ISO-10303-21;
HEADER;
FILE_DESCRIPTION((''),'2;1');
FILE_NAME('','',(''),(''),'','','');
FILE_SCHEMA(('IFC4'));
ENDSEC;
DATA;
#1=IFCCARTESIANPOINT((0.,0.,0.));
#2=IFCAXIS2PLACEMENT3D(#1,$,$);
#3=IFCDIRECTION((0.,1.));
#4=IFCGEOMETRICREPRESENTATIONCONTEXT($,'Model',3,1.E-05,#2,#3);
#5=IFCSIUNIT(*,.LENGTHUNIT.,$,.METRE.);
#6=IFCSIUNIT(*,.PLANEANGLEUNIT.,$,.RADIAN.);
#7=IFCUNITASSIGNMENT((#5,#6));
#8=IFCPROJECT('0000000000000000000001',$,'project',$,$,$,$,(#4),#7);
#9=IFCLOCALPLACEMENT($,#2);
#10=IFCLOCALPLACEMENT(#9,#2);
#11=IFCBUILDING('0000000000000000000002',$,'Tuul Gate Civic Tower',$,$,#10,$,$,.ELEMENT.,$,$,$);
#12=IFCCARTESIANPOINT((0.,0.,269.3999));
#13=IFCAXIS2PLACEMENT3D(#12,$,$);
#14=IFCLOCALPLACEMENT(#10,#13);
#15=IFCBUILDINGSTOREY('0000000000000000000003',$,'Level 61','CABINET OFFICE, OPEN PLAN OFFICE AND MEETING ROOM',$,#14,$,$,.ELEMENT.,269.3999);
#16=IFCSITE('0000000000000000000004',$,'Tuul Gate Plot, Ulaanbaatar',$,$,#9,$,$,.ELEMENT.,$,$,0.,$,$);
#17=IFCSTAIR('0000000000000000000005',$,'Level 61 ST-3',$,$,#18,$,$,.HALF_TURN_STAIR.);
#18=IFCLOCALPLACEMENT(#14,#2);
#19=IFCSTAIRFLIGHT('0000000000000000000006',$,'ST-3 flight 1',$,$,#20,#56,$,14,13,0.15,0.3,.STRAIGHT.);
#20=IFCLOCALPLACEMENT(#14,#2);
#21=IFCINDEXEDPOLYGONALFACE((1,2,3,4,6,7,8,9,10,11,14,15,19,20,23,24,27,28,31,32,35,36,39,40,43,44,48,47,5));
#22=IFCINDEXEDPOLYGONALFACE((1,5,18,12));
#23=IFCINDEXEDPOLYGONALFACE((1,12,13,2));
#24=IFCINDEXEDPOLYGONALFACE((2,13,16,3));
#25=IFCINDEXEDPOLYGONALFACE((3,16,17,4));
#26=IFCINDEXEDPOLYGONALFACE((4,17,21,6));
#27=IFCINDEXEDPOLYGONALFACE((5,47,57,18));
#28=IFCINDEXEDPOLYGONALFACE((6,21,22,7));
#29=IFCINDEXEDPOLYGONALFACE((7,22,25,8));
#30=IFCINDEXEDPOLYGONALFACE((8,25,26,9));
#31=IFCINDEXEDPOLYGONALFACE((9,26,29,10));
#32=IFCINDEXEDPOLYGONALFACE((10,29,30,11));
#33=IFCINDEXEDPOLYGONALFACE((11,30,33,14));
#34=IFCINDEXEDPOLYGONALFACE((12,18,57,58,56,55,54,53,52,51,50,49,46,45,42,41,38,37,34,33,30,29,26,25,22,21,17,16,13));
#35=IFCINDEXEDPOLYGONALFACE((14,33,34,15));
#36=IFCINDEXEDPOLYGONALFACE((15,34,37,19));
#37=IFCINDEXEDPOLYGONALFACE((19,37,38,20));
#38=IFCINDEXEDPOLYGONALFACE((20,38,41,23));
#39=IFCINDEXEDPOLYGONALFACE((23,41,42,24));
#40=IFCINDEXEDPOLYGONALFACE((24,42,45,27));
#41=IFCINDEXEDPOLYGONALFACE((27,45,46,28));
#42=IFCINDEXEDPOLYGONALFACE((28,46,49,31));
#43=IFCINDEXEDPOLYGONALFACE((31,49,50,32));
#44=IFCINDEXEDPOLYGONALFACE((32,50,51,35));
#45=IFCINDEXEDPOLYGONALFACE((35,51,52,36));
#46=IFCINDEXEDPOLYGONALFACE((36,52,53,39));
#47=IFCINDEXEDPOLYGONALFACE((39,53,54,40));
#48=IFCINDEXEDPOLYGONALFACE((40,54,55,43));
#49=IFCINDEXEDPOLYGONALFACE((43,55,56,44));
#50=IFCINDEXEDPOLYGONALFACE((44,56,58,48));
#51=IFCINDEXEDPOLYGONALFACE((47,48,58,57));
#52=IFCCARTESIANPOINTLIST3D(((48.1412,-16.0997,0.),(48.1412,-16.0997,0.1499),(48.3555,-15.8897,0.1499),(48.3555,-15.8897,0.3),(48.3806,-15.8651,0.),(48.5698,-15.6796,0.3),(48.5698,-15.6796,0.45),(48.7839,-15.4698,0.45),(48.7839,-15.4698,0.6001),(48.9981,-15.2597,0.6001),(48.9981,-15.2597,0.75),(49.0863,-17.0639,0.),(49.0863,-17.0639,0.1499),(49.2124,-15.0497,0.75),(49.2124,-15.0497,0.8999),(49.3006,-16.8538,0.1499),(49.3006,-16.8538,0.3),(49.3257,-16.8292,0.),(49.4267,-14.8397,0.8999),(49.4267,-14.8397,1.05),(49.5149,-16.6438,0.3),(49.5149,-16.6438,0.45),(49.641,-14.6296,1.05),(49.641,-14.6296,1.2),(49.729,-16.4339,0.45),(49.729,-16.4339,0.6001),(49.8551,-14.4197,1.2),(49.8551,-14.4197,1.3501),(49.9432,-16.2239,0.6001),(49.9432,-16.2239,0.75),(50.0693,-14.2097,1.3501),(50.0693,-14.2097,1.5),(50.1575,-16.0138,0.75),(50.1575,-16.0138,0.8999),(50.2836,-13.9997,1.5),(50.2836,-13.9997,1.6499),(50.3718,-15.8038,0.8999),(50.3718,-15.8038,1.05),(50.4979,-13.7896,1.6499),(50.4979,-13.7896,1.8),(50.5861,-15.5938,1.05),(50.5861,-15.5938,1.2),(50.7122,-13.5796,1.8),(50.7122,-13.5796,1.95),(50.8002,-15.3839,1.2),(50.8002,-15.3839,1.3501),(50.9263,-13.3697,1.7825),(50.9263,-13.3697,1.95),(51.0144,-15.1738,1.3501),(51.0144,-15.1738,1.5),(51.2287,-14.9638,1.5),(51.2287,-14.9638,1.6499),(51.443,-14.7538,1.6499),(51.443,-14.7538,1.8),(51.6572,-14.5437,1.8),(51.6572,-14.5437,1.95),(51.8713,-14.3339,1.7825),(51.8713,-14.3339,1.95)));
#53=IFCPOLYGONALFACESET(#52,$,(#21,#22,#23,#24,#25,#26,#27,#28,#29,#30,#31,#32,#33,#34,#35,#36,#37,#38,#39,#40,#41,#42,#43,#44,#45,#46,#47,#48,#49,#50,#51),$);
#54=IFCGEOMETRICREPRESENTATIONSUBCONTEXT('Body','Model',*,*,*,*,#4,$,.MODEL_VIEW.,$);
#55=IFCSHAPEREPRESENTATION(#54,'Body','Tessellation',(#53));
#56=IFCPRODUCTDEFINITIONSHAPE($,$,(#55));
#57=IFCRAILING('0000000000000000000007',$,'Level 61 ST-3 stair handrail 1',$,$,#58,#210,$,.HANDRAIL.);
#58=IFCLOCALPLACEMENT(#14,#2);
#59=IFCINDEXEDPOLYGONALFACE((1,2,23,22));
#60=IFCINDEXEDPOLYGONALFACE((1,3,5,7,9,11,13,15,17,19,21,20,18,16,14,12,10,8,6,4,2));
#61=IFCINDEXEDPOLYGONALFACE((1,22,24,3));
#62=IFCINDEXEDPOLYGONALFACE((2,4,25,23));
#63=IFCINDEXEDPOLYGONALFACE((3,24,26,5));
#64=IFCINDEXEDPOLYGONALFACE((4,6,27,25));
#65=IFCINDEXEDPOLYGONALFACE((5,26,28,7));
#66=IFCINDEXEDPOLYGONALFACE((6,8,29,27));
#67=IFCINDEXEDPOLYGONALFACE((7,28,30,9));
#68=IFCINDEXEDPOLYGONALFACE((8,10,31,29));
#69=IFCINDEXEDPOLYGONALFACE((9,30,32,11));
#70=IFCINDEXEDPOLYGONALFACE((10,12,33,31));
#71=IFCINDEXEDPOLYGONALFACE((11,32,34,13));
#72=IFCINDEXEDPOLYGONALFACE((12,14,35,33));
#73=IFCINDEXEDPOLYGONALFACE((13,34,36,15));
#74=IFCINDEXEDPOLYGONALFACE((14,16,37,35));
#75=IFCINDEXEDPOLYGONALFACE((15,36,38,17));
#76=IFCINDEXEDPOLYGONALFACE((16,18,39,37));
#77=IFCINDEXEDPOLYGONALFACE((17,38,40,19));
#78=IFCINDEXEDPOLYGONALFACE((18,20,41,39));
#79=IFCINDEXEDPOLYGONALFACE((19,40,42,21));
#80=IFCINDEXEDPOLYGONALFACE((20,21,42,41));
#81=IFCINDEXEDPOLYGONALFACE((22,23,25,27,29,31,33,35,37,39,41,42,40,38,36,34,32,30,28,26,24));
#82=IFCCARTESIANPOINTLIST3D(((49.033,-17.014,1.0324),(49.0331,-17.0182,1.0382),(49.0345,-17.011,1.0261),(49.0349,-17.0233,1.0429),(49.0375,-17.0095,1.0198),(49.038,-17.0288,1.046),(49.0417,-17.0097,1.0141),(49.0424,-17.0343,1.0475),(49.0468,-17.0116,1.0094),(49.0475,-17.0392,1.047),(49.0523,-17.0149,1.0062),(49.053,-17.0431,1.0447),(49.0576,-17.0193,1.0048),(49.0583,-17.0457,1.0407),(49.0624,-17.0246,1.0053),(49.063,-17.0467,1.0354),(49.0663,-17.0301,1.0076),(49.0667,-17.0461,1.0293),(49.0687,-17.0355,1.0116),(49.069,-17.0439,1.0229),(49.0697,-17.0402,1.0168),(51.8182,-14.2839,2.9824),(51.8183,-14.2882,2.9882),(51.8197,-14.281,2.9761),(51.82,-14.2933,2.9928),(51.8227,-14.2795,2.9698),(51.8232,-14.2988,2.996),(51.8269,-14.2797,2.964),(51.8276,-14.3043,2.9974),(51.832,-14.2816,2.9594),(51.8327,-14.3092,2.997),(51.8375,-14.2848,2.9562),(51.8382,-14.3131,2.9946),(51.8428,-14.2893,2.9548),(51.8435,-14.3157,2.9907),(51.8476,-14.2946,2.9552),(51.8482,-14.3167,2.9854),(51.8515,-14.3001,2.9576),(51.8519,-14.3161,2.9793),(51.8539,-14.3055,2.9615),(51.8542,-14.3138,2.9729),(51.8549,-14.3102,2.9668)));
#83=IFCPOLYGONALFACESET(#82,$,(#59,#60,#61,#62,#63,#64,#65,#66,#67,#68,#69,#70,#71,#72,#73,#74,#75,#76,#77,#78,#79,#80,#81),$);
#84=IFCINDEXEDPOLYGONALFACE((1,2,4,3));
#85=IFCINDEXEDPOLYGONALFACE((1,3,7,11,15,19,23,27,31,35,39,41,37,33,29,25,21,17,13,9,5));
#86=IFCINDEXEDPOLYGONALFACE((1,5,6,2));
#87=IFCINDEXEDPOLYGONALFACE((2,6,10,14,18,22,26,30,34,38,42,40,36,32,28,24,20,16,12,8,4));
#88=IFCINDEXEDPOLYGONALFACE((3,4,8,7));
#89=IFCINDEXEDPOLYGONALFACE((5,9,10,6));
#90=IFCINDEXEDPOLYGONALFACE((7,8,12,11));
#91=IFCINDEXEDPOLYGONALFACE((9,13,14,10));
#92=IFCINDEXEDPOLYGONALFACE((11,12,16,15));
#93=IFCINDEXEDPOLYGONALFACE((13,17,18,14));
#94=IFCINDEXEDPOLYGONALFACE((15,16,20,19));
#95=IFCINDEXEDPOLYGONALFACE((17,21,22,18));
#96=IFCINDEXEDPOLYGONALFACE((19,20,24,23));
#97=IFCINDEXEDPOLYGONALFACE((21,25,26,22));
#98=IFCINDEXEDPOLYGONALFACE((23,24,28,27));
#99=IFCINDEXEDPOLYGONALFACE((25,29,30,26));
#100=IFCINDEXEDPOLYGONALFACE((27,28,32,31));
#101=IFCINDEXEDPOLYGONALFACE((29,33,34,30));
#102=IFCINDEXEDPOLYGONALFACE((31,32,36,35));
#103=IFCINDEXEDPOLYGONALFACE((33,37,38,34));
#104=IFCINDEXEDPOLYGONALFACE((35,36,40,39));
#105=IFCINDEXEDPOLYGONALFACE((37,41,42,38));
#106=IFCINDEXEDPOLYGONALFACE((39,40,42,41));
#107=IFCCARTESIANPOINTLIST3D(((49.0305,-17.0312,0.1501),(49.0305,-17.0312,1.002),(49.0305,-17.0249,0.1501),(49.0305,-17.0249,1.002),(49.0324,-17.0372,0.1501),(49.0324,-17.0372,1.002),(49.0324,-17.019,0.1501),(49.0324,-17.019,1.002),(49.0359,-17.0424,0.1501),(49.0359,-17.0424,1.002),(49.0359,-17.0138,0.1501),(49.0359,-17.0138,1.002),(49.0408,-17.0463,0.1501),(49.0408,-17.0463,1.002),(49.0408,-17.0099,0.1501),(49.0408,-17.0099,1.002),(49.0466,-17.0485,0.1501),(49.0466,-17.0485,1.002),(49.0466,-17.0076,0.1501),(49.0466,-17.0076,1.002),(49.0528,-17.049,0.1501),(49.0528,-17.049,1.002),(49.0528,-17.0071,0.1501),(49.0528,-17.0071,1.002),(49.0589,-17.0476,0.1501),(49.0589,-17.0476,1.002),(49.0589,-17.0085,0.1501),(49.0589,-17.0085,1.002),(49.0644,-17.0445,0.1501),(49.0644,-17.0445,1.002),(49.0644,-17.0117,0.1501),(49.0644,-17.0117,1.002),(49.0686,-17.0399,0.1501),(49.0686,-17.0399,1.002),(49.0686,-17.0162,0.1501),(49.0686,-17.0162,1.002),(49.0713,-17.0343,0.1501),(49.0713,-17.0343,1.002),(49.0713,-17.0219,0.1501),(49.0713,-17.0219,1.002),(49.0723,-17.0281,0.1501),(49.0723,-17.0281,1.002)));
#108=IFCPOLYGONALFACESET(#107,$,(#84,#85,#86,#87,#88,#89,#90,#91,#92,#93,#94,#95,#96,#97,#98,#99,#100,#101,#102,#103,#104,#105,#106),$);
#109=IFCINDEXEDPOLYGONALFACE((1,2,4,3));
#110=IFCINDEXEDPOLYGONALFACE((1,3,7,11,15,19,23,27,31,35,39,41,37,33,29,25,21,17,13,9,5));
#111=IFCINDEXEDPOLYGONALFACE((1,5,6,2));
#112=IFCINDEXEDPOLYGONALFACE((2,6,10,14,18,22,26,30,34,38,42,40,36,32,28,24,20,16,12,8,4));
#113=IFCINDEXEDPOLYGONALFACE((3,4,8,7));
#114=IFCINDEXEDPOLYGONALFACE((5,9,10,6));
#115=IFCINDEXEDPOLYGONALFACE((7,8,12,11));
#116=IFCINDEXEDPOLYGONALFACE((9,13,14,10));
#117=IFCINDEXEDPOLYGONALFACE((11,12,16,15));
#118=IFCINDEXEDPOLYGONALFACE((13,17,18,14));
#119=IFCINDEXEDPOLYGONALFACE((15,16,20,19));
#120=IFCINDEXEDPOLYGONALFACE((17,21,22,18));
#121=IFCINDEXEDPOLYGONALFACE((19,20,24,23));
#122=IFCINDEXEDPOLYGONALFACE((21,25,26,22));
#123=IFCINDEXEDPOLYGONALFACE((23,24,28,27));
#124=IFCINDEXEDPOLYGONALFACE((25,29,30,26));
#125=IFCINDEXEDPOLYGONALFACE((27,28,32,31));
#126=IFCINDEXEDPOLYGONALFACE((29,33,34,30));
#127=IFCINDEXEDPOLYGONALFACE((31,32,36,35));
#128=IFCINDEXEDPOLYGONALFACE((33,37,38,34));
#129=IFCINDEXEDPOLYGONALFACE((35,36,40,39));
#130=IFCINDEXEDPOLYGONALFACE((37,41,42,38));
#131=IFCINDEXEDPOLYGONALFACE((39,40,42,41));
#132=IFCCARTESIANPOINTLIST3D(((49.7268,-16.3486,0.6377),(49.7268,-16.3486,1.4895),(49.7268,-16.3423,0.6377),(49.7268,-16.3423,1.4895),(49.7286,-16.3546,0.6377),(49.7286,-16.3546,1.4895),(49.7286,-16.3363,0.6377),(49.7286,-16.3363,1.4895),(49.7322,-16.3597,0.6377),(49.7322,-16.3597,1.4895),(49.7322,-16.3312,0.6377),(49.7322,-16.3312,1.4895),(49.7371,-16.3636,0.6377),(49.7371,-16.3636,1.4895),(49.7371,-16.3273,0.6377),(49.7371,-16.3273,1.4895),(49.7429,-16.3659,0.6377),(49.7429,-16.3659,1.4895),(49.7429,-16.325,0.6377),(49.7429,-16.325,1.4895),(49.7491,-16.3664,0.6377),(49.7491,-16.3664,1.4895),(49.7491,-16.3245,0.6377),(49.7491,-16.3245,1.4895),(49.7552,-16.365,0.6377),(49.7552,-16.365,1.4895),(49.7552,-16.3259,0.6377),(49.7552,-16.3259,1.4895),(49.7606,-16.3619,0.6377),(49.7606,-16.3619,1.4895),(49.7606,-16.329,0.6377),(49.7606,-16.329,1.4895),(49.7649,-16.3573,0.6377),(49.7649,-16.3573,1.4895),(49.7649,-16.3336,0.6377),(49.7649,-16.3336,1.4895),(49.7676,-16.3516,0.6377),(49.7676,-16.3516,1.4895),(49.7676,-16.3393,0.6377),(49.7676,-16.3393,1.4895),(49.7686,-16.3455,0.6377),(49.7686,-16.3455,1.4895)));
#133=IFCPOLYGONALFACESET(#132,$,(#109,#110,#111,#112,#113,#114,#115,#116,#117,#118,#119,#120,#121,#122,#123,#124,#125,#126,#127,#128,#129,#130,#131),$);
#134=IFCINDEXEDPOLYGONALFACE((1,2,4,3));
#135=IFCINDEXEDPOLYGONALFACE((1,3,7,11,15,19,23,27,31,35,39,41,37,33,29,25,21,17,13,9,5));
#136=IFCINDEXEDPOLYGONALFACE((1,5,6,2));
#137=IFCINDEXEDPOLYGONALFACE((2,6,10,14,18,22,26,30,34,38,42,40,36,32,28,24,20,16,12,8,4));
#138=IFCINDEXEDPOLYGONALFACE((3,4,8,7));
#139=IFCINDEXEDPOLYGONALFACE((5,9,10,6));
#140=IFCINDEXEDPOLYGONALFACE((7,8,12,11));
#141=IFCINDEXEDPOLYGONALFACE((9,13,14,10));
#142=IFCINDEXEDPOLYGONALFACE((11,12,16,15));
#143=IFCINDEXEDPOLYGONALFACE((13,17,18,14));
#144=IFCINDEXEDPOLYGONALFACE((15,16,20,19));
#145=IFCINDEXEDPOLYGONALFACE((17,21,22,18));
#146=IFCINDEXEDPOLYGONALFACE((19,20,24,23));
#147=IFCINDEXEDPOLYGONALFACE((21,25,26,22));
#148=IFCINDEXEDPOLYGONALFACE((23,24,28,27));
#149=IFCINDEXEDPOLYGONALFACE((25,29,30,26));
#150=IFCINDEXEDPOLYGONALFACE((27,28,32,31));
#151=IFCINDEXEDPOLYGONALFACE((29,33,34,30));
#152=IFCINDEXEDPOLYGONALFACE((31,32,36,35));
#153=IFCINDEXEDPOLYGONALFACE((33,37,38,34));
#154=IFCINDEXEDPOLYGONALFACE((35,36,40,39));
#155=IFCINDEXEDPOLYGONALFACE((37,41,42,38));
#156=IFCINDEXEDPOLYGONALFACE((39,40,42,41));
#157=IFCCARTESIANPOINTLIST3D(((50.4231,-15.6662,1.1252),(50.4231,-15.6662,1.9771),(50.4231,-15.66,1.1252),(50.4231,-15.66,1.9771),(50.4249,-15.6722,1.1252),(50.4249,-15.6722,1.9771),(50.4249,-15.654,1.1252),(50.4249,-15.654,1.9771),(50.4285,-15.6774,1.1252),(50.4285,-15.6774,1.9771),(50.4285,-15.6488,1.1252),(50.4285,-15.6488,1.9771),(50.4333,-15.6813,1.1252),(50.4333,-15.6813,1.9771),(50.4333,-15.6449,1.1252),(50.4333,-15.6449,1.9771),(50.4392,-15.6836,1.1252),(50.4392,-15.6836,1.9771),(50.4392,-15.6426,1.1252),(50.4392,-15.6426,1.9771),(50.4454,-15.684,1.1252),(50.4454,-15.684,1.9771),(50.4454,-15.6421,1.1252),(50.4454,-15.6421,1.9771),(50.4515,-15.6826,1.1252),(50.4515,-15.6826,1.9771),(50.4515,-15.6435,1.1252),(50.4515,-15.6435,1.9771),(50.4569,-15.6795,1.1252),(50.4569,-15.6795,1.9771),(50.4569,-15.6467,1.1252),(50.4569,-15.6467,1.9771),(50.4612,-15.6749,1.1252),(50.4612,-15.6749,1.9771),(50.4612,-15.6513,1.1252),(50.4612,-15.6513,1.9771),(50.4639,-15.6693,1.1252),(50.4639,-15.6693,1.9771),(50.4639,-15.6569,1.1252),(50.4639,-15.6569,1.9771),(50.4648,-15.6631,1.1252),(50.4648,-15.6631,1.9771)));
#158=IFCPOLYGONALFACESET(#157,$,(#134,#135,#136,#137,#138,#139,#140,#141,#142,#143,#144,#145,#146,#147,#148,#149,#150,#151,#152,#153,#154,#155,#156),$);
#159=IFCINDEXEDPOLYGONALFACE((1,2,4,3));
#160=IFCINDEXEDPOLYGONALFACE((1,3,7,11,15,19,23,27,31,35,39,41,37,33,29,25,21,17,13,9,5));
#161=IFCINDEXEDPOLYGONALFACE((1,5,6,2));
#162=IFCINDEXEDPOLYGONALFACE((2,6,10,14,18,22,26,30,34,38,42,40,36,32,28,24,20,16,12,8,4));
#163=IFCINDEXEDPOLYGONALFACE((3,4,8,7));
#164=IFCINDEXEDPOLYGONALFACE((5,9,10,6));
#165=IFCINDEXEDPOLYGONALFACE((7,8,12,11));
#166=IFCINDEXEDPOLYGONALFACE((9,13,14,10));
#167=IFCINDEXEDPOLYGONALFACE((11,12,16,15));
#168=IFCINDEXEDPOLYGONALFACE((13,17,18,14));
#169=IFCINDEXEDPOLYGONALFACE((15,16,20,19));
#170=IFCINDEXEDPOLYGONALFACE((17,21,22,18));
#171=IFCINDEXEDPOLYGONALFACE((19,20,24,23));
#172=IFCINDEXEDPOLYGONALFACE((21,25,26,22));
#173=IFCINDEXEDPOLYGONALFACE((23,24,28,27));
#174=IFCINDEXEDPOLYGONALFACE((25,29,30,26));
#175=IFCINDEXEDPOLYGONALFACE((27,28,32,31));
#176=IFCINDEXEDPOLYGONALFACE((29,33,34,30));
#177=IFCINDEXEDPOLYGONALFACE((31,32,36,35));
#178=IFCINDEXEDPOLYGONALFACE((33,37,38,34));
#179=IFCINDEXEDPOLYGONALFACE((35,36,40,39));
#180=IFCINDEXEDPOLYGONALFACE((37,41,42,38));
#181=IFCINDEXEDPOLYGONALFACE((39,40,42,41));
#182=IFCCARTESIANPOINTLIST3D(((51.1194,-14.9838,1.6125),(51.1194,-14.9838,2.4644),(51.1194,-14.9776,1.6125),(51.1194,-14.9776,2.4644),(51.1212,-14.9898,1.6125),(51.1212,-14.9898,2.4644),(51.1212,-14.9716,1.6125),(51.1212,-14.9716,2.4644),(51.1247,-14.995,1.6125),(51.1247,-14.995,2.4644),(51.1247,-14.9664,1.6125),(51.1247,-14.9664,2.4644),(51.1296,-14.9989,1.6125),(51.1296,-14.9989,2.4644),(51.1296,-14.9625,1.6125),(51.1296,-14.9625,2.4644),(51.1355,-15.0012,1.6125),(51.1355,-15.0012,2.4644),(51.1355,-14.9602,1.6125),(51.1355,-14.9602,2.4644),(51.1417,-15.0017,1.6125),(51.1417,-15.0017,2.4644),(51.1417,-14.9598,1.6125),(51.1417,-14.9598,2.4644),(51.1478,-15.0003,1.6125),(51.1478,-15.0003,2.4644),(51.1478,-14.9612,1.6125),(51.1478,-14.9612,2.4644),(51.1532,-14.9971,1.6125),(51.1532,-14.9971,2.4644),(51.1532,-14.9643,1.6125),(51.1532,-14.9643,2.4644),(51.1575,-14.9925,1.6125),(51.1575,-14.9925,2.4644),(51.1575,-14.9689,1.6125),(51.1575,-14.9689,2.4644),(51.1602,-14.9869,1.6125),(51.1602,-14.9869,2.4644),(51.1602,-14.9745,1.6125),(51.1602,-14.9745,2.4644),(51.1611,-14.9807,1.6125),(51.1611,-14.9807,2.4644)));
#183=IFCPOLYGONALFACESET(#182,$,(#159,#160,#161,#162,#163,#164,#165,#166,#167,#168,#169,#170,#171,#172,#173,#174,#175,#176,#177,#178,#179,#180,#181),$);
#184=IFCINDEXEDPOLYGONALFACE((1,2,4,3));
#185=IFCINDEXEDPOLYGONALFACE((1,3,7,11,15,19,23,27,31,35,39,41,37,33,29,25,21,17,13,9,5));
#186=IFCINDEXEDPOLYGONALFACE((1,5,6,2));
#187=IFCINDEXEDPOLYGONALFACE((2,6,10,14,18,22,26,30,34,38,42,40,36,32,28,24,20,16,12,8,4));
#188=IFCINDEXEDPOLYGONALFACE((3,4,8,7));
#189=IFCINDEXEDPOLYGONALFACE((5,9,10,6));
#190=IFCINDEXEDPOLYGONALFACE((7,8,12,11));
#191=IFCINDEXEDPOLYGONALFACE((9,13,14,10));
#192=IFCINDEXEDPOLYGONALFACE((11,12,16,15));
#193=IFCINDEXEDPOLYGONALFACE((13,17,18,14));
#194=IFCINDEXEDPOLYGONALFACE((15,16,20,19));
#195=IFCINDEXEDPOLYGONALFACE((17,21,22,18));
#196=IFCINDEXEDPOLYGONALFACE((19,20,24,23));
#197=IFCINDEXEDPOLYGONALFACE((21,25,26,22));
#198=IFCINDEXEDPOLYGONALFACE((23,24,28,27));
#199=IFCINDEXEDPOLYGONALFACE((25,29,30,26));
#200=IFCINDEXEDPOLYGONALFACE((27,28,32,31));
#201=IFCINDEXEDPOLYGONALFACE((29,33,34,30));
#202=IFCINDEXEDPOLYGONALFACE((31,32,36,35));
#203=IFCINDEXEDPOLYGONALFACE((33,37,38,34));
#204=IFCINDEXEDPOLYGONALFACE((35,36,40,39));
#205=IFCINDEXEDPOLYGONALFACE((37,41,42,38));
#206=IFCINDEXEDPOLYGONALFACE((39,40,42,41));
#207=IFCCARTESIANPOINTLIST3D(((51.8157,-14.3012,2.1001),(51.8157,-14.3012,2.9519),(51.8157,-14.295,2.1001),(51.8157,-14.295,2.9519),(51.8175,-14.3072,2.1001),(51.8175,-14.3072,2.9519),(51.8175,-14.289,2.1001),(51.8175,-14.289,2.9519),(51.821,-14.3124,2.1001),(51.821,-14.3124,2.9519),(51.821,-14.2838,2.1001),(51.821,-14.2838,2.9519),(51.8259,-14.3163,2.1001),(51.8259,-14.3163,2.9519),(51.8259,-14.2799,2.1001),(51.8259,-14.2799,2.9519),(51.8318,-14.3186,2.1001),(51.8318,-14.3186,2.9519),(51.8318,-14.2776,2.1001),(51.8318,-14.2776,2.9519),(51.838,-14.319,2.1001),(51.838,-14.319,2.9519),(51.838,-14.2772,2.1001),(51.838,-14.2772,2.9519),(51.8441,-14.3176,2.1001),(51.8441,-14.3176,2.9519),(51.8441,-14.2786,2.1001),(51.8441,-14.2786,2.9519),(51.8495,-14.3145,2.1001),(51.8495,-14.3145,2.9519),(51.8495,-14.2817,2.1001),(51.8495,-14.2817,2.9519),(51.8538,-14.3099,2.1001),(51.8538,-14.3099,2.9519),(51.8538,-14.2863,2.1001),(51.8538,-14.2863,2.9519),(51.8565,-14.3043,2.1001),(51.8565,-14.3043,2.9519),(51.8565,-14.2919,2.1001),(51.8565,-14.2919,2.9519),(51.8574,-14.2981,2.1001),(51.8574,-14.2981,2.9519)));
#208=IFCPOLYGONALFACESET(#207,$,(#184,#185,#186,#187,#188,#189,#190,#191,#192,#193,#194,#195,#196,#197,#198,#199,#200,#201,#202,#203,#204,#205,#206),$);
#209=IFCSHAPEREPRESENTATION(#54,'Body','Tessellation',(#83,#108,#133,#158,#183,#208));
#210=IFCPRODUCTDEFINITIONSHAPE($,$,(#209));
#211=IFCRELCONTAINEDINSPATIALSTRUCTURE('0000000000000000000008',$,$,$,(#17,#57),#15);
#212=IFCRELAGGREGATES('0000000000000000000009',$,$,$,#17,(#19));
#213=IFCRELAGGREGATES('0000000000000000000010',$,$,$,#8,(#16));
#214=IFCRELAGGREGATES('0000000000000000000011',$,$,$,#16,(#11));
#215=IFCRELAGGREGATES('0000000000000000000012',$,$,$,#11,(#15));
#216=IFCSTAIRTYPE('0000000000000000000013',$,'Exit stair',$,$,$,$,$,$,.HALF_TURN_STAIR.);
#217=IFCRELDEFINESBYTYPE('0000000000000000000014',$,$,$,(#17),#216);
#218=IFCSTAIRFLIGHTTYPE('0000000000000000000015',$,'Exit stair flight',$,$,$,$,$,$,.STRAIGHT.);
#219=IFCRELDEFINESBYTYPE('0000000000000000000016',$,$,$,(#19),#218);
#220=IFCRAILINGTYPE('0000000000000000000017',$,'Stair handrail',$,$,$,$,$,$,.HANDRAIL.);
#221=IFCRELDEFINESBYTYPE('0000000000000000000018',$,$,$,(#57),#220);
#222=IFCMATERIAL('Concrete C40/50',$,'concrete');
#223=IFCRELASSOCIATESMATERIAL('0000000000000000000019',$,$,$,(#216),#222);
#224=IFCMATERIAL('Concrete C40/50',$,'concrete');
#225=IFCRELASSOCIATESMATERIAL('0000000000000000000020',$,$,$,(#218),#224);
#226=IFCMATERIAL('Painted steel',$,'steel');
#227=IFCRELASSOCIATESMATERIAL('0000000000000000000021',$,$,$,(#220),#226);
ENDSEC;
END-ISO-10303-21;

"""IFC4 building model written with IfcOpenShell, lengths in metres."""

from ifc_helpers import new_model, si_unit, direction, frame, origin, origin_2d, place, context, subcontext, project, spatial, polyline, circle, outline, extrude, material, type_object, element, aggregate, save


model = new_model("IFC4")

# Units and contexts
model_context = context("Model", 3, precision=1e-05, world=origin(), true_north=direction((0.0, 1.0)))
body_context = subcontext(model_context, "Body", "Model", "MODEL_VIEW")
ifc_project = project(units=[si_unit("LENGTHUNIT", "METRE"), si_unit("PLANEANGLEUNIT", "RADIAN")], contexts=[model_context])

# Site, building, storey
site_placement = place(None, origin())
site = spatial("IfcSite", under=ifc_project, at=site_placement, Name="Tuul Gate Plot, Ulaanbaatar", CompositionType="ELEMENT", RefElevation=0.0)
building_placement = place(site_placement, origin())
building = spatial("IfcBuilding", under=site, at=building_placement, Name="Tuul Gate Civic Tower", CompositionType="ELEMENT")
storey_placement = place(building_placement, frame((0.0, 0.0, 269.3999)))
storey = spatial("IfcBuildingStorey", under=building, at=storey_placement, Name="Level 61", Description="CABINET OFFICE, OPEN PLAN OFFICE AND MEETING ROOM", CompositionType="ELEMENT", Elevation=269.3999)

# Stair, stair flight
ifc_material_1 = material(Name="Concrete C40/50", Category="concrete")
stair_type = type_object("IfcStairType", Name="Exit stair", PredefinedType="HALF_TURN_STAIR", material=ifc_material_1)
stair_placement = place(storey_placement, origin())
stair = element("IfcStair", 1, at=stair_placement, inside=storey, type_object=stair_type, Name="Level 61 ST-3", PredefinedType="HALF_TURN_STAIR")
ifc_material_2 = material(Name="Concrete C40/50", Category="concrete")
stair_flight_type = type_object("IfcStairFlightType", Name="Exit stair flight", PredefinedType="STRAIGHT", material=ifc_material_2)
stair_flight_placement = place(storey_placement, frame((48.6138, -16.5818, 0.0), z_axis=(0.0, 0.0, 1.0), x_axis=(0.714127, 0.700016, 0.0)))
stair_flight = element("IfcStairFlight", 2, at=stair_flight_placement, type_object=stair_flight_type, Name="ST-3 flight 1", NumberOfRisers=14, NumberOfTreads=13, PredefinedType="STRAIGHT", RiserHeight=0.15, TreadLength=0.3, context=body_context, shape_type="SweptSolid", body=[
    extrude(outline(polyline([(0.0, 0.0), (0.0, 0.1499), (0.3, 0.1499), (0.3, 0.3), (0.6001, 0.3), (0.6001, 0.45), (0.8999, 0.45), (0.8999, 0.6001), (1.2, 0.6001), (1.2, 0.75), (1.5, 0.75), (1.5, 0.8999), (1.8, 0.8999), (1.8, 1.05), (2.1001, 1.05), (2.1001, 1.2), (2.3999, 1.2), (2.3999, 1.3501), (2.7, 1.3501), (2.7, 1.5), (3.0, 1.5), (3.0, 1.6499), (3.3, 1.6499), (3.3, 1.8), (3.6001, 1.8), (3.6001, 1.95), (3.8999, 1.95), (3.8999, 2.1001), (3.8999, 1.7825), (0.3352, 0.0), (0.0, 0.0)])), frame((0.0, 0.675, 0.0), z_axis=(0.0, -1.0, 0.0), x_axis=(1.0, 0.0, 0.0)), (0.0, 0.0, 1.0), 1.3501),
])
aggregate(stair, [stair_flight])

# Railing
ifc_material_3 = material(Name="Painted steel", Category="steel")
railing_type_1 = type_object("IfcRailingType", Name="Stair handrail", PredefinedType="HANDRAIL", material=ifc_material_3)
railing_1_placement = place(storey_placement, frame((49.0513, -17.0281, 0.1501)))
element("IfcRailing", 3, at=railing_1_placement, inside=storey, type_object=railing_type_1, Name="Level 61 ST-3 stair handrail 1", PredefinedType="HANDRAIL", context=body_context, shape_type="SweptSolid", body=[
    extrude(circle(Radius=0.0239, at=origin_2d()), frame((0.0, 0.0, 0.876), z_axis=(0.638754, 0.6261, 0.447206), x_axis=(-0.699998, 0.714145, 0.0)), (0.0, 0.0, 1.0), 4.3604),
    extrude(circle(Radius=0.021, at=origin_2d()), origin(), (0.0, 0.0, 1.0), 0.8518),
    extrude(circle(Radius=0.021, at=origin_2d()), frame((0.6963, 0.6826, 0.4875)), (0.0, 0.0, 1.0), 0.8518),
    extrude(circle(Radius=0.021, at=origin_2d()), frame((1.3926, 1.365, 0.9751)), (0.0, 0.0, 1.0), 0.8518),
    extrude(circle(Radius=0.021, at=origin_2d()), frame((2.0889, 2.0474, 1.4624)), (0.0, 0.0, 1.0), 0.8518),
    extrude(circle(Radius=0.021, at=origin_2d()), frame((2.7852, 2.73, 1.95)), (0.0, 0.0, 1.0), 0.8518),
])

save(model, "model.ifc")
